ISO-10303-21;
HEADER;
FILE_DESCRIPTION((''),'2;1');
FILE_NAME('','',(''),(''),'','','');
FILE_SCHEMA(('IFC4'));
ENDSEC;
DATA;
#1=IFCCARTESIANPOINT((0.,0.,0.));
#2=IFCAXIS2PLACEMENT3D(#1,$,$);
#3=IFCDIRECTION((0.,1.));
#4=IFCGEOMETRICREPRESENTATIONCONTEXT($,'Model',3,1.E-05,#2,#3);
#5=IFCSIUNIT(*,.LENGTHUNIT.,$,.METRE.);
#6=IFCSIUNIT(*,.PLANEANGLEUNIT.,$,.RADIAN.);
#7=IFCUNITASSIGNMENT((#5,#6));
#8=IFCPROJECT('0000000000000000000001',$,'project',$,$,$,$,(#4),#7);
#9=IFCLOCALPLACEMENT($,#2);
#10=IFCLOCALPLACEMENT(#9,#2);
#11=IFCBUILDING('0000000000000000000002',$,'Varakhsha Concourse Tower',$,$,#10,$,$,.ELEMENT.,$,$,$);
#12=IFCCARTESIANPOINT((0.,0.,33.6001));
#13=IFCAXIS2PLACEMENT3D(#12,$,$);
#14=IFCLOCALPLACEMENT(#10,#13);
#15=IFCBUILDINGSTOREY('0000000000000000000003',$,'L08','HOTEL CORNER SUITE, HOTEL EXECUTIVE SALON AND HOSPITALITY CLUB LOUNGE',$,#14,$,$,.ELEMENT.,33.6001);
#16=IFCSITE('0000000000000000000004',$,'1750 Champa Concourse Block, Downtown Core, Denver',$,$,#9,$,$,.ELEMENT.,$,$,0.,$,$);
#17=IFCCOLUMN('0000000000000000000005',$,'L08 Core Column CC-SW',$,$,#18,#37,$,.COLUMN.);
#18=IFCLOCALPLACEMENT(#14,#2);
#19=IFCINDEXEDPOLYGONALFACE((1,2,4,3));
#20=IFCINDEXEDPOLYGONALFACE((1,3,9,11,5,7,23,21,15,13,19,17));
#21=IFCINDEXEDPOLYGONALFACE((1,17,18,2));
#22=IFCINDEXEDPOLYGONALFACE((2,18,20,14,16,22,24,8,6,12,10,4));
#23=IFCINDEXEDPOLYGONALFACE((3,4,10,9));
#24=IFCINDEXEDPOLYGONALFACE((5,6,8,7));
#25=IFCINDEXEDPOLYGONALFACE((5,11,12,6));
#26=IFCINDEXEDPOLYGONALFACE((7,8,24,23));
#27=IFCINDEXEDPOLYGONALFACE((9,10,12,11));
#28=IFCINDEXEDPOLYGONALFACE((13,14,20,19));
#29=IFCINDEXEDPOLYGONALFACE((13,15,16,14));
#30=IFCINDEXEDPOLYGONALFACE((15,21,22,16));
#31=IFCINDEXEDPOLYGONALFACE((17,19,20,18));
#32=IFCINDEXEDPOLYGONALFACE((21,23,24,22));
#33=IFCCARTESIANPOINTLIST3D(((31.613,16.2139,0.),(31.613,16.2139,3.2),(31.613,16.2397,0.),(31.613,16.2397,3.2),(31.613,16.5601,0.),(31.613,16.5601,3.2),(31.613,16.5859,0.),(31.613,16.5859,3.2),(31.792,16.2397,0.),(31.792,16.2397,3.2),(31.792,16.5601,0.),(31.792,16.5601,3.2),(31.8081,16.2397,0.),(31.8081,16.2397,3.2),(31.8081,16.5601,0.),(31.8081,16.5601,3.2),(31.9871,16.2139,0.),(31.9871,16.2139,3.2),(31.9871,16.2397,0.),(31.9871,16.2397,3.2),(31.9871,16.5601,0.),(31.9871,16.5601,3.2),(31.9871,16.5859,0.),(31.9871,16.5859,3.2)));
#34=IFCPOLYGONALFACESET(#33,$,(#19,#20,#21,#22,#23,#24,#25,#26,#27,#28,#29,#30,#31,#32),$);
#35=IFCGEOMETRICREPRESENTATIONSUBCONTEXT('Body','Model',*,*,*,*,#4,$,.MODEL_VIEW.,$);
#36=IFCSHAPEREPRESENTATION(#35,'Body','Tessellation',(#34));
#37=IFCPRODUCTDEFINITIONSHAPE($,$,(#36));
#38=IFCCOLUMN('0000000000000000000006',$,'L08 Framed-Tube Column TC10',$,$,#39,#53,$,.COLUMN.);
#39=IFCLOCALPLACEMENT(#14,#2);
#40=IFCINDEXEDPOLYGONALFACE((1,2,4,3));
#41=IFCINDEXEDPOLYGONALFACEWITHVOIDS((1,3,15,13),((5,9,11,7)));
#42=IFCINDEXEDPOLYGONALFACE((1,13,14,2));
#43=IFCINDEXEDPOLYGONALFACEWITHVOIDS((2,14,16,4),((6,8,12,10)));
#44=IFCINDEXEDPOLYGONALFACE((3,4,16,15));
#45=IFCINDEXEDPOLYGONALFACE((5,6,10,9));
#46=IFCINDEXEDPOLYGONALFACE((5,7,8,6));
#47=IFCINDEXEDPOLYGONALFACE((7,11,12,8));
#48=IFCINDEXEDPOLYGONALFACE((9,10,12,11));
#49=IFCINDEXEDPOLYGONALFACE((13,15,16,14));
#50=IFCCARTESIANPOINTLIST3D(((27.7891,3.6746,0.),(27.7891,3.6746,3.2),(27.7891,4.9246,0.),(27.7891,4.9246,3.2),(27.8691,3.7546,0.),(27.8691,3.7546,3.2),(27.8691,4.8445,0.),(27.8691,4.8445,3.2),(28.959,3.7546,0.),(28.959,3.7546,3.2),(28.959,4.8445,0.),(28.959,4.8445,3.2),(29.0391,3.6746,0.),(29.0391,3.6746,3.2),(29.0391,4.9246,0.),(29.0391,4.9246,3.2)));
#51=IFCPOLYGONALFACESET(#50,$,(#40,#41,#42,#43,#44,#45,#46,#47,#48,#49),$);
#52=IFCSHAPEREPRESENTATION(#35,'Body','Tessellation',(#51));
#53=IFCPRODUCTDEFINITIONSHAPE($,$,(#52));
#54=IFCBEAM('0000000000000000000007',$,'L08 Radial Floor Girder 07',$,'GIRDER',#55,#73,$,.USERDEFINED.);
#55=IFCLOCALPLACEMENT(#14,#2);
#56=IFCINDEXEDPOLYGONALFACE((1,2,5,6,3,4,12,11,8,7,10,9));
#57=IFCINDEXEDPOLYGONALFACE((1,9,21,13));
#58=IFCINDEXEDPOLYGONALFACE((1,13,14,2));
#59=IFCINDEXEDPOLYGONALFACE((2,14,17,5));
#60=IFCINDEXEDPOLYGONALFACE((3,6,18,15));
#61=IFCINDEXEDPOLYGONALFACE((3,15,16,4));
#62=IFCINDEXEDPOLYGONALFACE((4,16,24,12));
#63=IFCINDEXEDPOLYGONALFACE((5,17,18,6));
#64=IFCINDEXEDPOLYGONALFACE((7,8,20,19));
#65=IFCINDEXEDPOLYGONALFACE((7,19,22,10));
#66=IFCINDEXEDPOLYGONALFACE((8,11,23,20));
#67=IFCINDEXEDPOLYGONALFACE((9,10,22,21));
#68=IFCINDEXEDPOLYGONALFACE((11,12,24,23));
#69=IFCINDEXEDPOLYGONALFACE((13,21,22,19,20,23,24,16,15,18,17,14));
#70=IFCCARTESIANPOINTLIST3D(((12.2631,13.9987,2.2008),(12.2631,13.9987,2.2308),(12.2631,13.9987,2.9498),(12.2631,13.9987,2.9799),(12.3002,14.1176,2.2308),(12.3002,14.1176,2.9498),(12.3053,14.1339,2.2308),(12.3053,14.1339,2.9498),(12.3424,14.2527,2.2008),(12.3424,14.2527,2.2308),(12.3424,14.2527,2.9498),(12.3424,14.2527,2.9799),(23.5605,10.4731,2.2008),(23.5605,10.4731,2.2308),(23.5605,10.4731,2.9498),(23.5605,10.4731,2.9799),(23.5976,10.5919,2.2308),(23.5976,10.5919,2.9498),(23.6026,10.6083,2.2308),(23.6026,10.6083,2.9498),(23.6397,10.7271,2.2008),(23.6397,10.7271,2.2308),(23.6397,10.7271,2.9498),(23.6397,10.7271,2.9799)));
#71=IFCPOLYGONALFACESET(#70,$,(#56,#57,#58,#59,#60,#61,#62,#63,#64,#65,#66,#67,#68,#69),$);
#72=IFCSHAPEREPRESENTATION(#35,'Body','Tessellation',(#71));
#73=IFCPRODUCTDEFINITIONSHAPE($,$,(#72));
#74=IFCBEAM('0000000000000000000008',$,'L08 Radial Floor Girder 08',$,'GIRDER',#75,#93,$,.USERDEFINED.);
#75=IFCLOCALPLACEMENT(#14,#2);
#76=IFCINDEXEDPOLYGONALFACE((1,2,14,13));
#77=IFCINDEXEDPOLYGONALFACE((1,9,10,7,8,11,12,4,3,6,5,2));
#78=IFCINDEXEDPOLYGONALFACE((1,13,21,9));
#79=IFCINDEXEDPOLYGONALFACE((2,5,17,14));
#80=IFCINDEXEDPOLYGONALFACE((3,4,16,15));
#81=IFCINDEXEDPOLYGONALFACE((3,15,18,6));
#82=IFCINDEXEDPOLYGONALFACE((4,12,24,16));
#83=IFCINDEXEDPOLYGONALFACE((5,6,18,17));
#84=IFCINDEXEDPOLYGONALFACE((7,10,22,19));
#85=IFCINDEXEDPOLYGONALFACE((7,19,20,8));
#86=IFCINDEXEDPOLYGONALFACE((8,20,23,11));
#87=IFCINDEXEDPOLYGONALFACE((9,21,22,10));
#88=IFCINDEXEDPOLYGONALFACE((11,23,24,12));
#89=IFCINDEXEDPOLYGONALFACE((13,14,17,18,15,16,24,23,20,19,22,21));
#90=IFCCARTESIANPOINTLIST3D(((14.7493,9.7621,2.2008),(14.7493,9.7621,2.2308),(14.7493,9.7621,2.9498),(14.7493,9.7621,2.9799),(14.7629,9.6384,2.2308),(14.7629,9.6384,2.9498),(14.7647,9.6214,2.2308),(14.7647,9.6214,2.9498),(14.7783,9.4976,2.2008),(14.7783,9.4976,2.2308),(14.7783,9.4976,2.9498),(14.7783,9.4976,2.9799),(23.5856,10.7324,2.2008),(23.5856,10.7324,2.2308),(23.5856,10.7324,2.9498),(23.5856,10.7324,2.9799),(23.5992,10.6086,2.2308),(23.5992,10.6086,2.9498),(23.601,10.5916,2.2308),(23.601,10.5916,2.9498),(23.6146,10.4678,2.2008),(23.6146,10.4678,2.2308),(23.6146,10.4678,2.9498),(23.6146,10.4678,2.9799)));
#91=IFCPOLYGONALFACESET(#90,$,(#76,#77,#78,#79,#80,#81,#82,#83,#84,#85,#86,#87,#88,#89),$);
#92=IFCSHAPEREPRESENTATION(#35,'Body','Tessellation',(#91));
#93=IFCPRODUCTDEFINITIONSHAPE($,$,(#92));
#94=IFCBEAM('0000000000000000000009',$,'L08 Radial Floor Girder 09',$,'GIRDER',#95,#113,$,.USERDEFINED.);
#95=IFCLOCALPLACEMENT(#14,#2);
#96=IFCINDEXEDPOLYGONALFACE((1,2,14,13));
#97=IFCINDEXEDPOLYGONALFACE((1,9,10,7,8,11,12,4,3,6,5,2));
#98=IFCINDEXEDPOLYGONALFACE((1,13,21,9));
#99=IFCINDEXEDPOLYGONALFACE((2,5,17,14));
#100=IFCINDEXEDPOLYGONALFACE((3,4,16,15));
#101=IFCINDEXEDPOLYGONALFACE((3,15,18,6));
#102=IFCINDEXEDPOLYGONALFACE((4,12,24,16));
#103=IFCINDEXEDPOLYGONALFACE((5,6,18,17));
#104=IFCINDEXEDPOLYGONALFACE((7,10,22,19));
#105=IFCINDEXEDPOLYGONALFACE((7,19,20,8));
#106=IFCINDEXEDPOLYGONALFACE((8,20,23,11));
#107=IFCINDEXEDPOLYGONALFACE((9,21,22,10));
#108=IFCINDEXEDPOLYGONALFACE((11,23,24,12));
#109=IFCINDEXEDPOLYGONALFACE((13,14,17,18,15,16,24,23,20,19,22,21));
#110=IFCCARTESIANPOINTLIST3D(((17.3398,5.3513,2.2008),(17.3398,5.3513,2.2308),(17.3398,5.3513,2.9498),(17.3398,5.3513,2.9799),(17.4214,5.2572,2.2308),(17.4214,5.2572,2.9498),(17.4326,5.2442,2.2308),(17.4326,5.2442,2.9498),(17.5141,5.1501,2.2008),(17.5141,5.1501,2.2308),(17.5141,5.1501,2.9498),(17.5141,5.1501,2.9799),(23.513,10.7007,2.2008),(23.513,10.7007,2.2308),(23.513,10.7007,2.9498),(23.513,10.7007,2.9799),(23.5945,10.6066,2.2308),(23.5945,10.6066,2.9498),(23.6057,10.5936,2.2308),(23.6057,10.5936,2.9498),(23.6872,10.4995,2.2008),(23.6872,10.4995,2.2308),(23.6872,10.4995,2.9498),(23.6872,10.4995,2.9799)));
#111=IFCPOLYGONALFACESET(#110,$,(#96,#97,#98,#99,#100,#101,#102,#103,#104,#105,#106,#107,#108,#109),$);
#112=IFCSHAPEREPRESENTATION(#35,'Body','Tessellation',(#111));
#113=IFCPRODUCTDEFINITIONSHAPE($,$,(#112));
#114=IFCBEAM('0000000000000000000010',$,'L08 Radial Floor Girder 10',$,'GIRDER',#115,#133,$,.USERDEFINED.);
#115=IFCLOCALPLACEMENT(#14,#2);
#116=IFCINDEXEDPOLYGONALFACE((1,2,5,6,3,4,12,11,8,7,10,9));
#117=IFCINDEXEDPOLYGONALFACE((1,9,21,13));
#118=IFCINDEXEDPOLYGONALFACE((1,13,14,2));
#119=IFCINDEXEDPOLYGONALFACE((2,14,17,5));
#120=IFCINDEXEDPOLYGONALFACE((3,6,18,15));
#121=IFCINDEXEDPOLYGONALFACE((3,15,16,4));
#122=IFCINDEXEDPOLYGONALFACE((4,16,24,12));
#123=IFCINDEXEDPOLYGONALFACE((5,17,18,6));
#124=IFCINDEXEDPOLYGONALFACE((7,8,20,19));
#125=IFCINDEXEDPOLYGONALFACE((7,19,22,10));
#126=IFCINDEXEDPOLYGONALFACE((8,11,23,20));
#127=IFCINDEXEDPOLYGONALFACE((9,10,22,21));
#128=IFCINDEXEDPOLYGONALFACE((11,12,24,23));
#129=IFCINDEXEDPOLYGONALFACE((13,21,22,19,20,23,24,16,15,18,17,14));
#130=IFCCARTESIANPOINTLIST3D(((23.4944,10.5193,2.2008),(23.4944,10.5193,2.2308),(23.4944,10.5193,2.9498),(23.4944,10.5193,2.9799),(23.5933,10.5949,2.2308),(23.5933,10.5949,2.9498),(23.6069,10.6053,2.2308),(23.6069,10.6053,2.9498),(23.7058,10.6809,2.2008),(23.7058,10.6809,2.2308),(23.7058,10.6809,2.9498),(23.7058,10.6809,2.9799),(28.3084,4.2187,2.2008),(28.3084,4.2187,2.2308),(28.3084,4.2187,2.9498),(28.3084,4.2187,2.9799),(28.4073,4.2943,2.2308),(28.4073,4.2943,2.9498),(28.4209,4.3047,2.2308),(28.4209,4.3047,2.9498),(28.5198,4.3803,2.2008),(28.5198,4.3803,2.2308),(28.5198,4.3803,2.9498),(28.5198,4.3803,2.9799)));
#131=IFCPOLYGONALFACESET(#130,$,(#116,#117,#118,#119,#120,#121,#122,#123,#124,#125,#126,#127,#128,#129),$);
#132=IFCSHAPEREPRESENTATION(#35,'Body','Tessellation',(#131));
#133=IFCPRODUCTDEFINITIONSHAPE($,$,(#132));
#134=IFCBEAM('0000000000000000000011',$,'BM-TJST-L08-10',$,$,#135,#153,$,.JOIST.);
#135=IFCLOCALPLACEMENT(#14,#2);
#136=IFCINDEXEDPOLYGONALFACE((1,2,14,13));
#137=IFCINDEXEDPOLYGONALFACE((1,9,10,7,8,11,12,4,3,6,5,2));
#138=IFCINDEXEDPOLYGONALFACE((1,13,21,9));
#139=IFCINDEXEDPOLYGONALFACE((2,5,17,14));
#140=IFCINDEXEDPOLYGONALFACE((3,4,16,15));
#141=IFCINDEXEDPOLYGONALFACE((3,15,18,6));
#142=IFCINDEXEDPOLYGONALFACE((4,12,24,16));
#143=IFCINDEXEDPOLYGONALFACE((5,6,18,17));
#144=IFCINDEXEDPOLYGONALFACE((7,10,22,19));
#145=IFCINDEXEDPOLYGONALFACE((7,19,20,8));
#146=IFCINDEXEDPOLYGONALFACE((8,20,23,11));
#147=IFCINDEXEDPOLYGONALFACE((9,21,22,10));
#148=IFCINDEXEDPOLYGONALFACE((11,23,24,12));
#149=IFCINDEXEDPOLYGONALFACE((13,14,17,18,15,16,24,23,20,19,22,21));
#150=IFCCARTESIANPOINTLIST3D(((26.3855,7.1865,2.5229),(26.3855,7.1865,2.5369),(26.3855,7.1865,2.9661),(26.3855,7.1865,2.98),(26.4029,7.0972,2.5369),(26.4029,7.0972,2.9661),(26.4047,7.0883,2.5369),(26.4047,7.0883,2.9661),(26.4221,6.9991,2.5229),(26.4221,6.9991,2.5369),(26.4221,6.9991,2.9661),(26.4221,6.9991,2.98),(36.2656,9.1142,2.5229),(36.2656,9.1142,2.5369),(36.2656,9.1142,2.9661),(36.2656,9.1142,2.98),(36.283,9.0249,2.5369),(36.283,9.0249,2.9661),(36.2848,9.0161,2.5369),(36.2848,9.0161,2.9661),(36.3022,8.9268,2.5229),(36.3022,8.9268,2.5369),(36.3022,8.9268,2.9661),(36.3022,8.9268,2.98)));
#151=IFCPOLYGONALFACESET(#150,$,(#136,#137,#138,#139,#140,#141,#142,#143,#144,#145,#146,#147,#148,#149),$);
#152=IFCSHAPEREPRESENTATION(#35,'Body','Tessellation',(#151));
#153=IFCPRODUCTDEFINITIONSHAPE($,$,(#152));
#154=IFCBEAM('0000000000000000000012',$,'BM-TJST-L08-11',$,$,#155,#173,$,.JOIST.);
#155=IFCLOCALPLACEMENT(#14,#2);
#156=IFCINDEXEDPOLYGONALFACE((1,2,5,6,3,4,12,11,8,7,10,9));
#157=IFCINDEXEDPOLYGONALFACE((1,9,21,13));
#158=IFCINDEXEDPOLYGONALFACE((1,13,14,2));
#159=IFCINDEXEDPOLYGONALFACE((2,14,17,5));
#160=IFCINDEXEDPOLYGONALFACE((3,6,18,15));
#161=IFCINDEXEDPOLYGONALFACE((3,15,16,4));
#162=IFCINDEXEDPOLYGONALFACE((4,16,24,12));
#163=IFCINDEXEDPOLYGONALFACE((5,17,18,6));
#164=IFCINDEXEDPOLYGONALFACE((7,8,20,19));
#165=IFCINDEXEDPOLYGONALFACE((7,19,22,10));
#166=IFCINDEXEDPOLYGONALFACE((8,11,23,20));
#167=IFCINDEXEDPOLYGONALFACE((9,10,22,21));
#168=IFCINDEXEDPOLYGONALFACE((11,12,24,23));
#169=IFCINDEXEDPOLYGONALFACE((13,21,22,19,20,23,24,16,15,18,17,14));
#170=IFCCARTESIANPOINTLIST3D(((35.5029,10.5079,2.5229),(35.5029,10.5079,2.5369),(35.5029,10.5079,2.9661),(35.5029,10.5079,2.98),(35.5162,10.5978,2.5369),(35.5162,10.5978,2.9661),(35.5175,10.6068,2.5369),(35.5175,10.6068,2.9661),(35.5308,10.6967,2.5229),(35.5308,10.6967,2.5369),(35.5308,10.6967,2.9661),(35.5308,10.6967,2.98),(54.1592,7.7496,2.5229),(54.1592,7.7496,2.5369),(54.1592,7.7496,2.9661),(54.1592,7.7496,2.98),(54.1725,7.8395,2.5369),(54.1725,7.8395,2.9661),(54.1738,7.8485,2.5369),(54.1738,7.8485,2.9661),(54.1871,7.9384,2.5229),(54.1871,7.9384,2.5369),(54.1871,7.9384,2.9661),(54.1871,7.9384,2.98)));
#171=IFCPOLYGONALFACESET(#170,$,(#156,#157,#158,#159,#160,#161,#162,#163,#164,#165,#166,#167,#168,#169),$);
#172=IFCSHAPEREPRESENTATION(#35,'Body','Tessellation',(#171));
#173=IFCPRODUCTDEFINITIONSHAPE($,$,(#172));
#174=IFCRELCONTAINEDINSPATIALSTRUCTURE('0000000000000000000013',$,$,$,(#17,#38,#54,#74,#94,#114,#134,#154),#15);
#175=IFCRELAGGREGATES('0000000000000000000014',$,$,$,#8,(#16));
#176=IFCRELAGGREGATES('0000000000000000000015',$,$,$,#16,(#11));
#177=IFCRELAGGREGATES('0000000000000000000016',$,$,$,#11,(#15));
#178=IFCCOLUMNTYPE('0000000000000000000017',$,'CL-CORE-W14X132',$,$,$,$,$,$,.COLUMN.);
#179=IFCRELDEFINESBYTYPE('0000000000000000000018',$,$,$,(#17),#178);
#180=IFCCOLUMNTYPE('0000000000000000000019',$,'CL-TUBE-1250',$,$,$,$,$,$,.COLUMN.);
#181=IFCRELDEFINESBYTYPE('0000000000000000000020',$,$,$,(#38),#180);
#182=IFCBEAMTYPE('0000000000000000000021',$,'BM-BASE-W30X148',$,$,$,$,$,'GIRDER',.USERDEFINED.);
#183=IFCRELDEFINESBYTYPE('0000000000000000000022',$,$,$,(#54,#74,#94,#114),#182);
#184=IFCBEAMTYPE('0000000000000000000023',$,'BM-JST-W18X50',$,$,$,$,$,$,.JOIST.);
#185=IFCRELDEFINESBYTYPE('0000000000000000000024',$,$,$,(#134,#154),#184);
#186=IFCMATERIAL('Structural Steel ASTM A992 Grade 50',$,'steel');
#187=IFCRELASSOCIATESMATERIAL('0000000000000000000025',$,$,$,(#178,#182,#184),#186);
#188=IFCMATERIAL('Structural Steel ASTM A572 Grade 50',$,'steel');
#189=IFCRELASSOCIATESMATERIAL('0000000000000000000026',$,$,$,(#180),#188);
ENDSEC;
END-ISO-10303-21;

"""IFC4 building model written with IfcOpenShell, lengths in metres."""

from ifc_helpers import new_model, si_unit, direction, frame, origin, origin_2d, place, context, subcontext, project, spatial, hollow_rectangle, i_section, extrude, material, material_profile, profile_set, type_object, element, save


model = new_model("IFC4")

# Units and contexts
model_context = context("Model", 3, precision=1e-05, world=origin(), true_north=direction((0.0, 1.0)))
body_context = subcontext(model_context, "Body", "Model", "MODEL_VIEW")
ifc_project = project(units=[si_unit("LENGTHUNIT", "METRE"), si_unit("PLANEANGLEUNIT", "RADIAN")], contexts=[model_context])

# Site, building, storey
site_placement = place(None, origin())
site = spatial("IfcSite", under=ifc_project, at=site_placement, Name="1750 Champa Concourse Block, Downtown Core, Denver", CompositionType="ELEMENT", RefElevation=0.0)
building_placement = place(site_placement, origin())
building = spatial("IfcBuilding", under=site, at=building_placement, Name="Varakhsha Concourse Tower", CompositionType="ELEMENT")
storey_placement = place(building_placement, frame((0.0, 0.0, 33.6001)))
storey = spatial("IfcBuildingStorey", under=building, at=storey_placement, Name="L08", Description="HOTEL CORNER SUITE, HOTEL EXECUTIVE SALON AND HOSPITALITY CLUB LOUNGE", CompositionType="ELEMENT", Elevation=33.6001)

# Columns
ifc_material_1 = material(Name="Structural Steel ASTM A992 Grade 50", Category="steel")
ifc_material_profile_1 = material_profile(ifc_material_1, i_section(OverallWidth=0.374, OverallDepth=0.3721, WebThickness=0.0161, FlangeThickness=0.0259, at=origin_2d()), Name="W14X132")
ifc_profile_set_1 = profile_set([ifc_material_profile_1], Name="Structural Steel ASTM A992 Grade 50")
column_type_1 = type_object("IfcColumnType", Name="CL-CORE-W14X132", PredefinedType="COLUMN", material=ifc_profile_set_1)
column_1_placement = place(storey_placement, frame((31.8, 16.3999, 0.0), z_axis=(0.0, 0.0, 1.0), x_axis=(1.0, 0.0, 0.0)))
element("IfcColumn", 1, at=column_1_placement, inside=storey, type_object=column_type_1, Name="L08 Core Column CC-SW", PredefinedType="COLUMN", context=body_context, shape_type="SweptSolid", body=[
    extrude(i_section(OverallWidth=0.374, OverallDepth=0.3721, WebThickness=0.0161, FlangeThickness=0.0259, at=origin_2d()), origin(), (0.0, 0.0, 1.0), 3.2),
])
ifc_material_2 = material(Name="Structural Steel ASTM A572 Grade 50", Category="steel")
ifc_material_profile_2 = material_profile(ifc_material_2, hollow_rectangle(XDim=1.25, YDim=1.25, WallThickness=0.0801, at=origin_2d()), Name="BOX 1250x1250x80")
ifc_profile_set_2 = profile_set([ifc_material_profile_2], Name="Structural Steel ASTM A572 Grade 50")
column_type_2 = type_object("IfcColumnType", Name="CL-TUBE-1250", PredefinedType="COLUMN", material=ifc_profile_set_2)
column_2_placement = place(storey_placement, frame((28.4141, 4.2996, 0.0), z_axis=(0.0, 0.0, 1.0), x_axis=(1.0, 0.0, 0.0)))
element("IfcColumn", 2, at=column_2_placement, inside=storey, type_object=column_type_2, Name="L08 Framed-Tube Column TC10", PredefinedType="COLUMN", context=body_context, shape_type="SweptSolid", body=[
    extrude(hollow_rectangle(XDim=1.25, YDim=1.25, WallThickness=0.0801, at=origin_2d()), origin(), (0.0, 0.0, 1.0), 3.2),
])

# Beams
ifc_material_profile_3 = material_profile(ifc_material_1, i_section(OverallWidth=0.2661, OverallDepth=0.7791, WebThickness=0.0171, FlangeThickness=0.03, at=origin_2d()), Name="W30X148")
ifc_profile_set_3 = profile_set([ifc_material_profile_3], Name="Structural Steel ASTM A992 Grade 50")
beam_type_1 = type_object("IfcBeamType", Name="BM-BASE-W30X148", ElementType="GIRDER", PredefinedType="USERDEFINED", material=ifc_profile_set_3)
beam_1_placement = place(storey_placement, frame((23.6001, 10.6001, 2.5903), z_axis=(-0.954595, 0.297906, 0.0), x_axis=(-0.297906, -0.954595, 0.0)))
element("IfcBeam", 3, at=beam_1_placement, inside=storey, type_object=beam_type_1, Name="L08 Radial Floor Girder 07", ObjectType="GIRDER", PredefinedType="USERDEFINED", context=body_context, shape_type="SweptSolid", body=[
    extrude(i_section(OverallWidth=0.2661, OverallDepth=0.7791, WebThickness=0.0171, FlangeThickness=0.03, at=origin_2d()), origin(), (0.0, 0.0, 1.0), 11.8347),
])
beam_2_placement = place(storey_placement, frame((23.6001, 10.6001, 2.5903), z_axis=(-0.994026, -0.109144, 0.0), x_axis=(0.109144, -0.994026, 0.0)))
element("IfcBeam", 4, at=beam_2_placement, inside=storey, type_object=beam_type_1, Name="L08 Radial Floor Girder 08", ObjectType="GIRDER", PredefinedType="USERDEFINED", context=body_context, shape_type="SweptSolid", body=[
    extrude(i_section(OverallWidth=0.2661, OverallDepth=0.7791, WebThickness=0.0171, FlangeThickness=0.03, at=origin_2d()), origin(), (0.0, 0.0, 1.0), 8.8894),
])
beam_3_placement = place(storey_placement, frame((23.6001, 10.6001, 2.5903), z_axis=(-0.755729, -0.654885, 0.0), x_axis=(0.654885, -0.755729, 0.0)))
element("IfcBeam", 5, at=beam_3_placement, inside=storey, type_object=beam_type_1, Name="L08 Radial Floor Girder 09", ObjectType="GIRDER", PredefinedType="USERDEFINED", context=body_context, shape_type="SweptSolid", body=[
    extrude(i_section(OverallWidth=0.2661, OverallDepth=0.7791, WebThickness=0.0171, FlangeThickness=0.03, at=origin_2d()), origin(), (0.0, 0.0, 1.0), 8.1685),
])
beam_4_placement = place(storey_placement, frame((23.6001, 10.6001, 2.5903), z_axis=(0.607124, -0.794607, 0.0), x_axis=(0.794607, 0.607124, 0.0)))
element("IfcBeam", 6, at=beam_4_placement, inside=storey, type_object=beam_type_1, Name="L08 Radial Floor Girder 10", ObjectType="GIRDER", PredefinedType="USERDEFINED", context=body_context, shape_type="SweptSolid", body=[
    extrude(i_section(OverallWidth=0.2661, OverallDepth=0.7791, WebThickness=0.0171, FlangeThickness=0.03, at=origin_2d()), origin(), (0.0, 0.0, 1.0), 7.9292),
])
ifc_material_profile_4 = material_profile(ifc_material_1, i_section(OverallWidth=0.1909, OverallDepth=0.457, WebThickness=0.009, FlangeThickness=0.0139, at=origin_2d()), Name="W18X50")
ifc_profile_set_4 = profile_set([ifc_material_profile_4], Name="Structural Steel ASTM A992 Grade 50")
beam_type_2 = type_object("IfcBeamType", Name="BM-JST-W18X50", PredefinedType="JOIST", material=ifc_profile_set_4)
beam_5_placement = place(storey_placement, frame((26.4038, 7.0928, 2.7515), z_axis=(0.981492, 0.191501, 0.0), x_axis=(-0.191501, 0.981492, 0.0)))
element("IfcBeam", 7, at=beam_5_placement, inside=storey, type_object=beam_type_2, Name="BM-TJST-L08-10", PredefinedType="JOIST", context=body_context, shape_type="SweptSolid", body=[
    extrude(i_section(OverallWidth=0.1909, OverallDepth=0.457, WebThickness=0.009, FlangeThickness=0.0139, at=origin_2d()), origin(), (0.0, 0.0, 1.0), 10.0664),
])
beam_6_placement = place(storey_placement, frame((35.5168, 10.6023, 2.7515), z_axis=(0.989246, -0.146259, 0.0), x_axis=(0.146259, 0.989246, 0.0)))
element("IfcBeam", 8, at=beam_6_placement, inside=storey, type_object=beam_type_2, Name="BM-TJST-L08-11", PredefinedType="JOIST", context=body_context, shape_type="SweptSolid", body=[
    extrude(i_section(OverallWidth=0.1909, OverallDepth=0.457, WebThickness=0.009, FlangeThickness=0.0139, at=origin_2d()), origin(), (0.0, 0.0, 1.0), 18.8591),
])

save(model, "model.ifc")
